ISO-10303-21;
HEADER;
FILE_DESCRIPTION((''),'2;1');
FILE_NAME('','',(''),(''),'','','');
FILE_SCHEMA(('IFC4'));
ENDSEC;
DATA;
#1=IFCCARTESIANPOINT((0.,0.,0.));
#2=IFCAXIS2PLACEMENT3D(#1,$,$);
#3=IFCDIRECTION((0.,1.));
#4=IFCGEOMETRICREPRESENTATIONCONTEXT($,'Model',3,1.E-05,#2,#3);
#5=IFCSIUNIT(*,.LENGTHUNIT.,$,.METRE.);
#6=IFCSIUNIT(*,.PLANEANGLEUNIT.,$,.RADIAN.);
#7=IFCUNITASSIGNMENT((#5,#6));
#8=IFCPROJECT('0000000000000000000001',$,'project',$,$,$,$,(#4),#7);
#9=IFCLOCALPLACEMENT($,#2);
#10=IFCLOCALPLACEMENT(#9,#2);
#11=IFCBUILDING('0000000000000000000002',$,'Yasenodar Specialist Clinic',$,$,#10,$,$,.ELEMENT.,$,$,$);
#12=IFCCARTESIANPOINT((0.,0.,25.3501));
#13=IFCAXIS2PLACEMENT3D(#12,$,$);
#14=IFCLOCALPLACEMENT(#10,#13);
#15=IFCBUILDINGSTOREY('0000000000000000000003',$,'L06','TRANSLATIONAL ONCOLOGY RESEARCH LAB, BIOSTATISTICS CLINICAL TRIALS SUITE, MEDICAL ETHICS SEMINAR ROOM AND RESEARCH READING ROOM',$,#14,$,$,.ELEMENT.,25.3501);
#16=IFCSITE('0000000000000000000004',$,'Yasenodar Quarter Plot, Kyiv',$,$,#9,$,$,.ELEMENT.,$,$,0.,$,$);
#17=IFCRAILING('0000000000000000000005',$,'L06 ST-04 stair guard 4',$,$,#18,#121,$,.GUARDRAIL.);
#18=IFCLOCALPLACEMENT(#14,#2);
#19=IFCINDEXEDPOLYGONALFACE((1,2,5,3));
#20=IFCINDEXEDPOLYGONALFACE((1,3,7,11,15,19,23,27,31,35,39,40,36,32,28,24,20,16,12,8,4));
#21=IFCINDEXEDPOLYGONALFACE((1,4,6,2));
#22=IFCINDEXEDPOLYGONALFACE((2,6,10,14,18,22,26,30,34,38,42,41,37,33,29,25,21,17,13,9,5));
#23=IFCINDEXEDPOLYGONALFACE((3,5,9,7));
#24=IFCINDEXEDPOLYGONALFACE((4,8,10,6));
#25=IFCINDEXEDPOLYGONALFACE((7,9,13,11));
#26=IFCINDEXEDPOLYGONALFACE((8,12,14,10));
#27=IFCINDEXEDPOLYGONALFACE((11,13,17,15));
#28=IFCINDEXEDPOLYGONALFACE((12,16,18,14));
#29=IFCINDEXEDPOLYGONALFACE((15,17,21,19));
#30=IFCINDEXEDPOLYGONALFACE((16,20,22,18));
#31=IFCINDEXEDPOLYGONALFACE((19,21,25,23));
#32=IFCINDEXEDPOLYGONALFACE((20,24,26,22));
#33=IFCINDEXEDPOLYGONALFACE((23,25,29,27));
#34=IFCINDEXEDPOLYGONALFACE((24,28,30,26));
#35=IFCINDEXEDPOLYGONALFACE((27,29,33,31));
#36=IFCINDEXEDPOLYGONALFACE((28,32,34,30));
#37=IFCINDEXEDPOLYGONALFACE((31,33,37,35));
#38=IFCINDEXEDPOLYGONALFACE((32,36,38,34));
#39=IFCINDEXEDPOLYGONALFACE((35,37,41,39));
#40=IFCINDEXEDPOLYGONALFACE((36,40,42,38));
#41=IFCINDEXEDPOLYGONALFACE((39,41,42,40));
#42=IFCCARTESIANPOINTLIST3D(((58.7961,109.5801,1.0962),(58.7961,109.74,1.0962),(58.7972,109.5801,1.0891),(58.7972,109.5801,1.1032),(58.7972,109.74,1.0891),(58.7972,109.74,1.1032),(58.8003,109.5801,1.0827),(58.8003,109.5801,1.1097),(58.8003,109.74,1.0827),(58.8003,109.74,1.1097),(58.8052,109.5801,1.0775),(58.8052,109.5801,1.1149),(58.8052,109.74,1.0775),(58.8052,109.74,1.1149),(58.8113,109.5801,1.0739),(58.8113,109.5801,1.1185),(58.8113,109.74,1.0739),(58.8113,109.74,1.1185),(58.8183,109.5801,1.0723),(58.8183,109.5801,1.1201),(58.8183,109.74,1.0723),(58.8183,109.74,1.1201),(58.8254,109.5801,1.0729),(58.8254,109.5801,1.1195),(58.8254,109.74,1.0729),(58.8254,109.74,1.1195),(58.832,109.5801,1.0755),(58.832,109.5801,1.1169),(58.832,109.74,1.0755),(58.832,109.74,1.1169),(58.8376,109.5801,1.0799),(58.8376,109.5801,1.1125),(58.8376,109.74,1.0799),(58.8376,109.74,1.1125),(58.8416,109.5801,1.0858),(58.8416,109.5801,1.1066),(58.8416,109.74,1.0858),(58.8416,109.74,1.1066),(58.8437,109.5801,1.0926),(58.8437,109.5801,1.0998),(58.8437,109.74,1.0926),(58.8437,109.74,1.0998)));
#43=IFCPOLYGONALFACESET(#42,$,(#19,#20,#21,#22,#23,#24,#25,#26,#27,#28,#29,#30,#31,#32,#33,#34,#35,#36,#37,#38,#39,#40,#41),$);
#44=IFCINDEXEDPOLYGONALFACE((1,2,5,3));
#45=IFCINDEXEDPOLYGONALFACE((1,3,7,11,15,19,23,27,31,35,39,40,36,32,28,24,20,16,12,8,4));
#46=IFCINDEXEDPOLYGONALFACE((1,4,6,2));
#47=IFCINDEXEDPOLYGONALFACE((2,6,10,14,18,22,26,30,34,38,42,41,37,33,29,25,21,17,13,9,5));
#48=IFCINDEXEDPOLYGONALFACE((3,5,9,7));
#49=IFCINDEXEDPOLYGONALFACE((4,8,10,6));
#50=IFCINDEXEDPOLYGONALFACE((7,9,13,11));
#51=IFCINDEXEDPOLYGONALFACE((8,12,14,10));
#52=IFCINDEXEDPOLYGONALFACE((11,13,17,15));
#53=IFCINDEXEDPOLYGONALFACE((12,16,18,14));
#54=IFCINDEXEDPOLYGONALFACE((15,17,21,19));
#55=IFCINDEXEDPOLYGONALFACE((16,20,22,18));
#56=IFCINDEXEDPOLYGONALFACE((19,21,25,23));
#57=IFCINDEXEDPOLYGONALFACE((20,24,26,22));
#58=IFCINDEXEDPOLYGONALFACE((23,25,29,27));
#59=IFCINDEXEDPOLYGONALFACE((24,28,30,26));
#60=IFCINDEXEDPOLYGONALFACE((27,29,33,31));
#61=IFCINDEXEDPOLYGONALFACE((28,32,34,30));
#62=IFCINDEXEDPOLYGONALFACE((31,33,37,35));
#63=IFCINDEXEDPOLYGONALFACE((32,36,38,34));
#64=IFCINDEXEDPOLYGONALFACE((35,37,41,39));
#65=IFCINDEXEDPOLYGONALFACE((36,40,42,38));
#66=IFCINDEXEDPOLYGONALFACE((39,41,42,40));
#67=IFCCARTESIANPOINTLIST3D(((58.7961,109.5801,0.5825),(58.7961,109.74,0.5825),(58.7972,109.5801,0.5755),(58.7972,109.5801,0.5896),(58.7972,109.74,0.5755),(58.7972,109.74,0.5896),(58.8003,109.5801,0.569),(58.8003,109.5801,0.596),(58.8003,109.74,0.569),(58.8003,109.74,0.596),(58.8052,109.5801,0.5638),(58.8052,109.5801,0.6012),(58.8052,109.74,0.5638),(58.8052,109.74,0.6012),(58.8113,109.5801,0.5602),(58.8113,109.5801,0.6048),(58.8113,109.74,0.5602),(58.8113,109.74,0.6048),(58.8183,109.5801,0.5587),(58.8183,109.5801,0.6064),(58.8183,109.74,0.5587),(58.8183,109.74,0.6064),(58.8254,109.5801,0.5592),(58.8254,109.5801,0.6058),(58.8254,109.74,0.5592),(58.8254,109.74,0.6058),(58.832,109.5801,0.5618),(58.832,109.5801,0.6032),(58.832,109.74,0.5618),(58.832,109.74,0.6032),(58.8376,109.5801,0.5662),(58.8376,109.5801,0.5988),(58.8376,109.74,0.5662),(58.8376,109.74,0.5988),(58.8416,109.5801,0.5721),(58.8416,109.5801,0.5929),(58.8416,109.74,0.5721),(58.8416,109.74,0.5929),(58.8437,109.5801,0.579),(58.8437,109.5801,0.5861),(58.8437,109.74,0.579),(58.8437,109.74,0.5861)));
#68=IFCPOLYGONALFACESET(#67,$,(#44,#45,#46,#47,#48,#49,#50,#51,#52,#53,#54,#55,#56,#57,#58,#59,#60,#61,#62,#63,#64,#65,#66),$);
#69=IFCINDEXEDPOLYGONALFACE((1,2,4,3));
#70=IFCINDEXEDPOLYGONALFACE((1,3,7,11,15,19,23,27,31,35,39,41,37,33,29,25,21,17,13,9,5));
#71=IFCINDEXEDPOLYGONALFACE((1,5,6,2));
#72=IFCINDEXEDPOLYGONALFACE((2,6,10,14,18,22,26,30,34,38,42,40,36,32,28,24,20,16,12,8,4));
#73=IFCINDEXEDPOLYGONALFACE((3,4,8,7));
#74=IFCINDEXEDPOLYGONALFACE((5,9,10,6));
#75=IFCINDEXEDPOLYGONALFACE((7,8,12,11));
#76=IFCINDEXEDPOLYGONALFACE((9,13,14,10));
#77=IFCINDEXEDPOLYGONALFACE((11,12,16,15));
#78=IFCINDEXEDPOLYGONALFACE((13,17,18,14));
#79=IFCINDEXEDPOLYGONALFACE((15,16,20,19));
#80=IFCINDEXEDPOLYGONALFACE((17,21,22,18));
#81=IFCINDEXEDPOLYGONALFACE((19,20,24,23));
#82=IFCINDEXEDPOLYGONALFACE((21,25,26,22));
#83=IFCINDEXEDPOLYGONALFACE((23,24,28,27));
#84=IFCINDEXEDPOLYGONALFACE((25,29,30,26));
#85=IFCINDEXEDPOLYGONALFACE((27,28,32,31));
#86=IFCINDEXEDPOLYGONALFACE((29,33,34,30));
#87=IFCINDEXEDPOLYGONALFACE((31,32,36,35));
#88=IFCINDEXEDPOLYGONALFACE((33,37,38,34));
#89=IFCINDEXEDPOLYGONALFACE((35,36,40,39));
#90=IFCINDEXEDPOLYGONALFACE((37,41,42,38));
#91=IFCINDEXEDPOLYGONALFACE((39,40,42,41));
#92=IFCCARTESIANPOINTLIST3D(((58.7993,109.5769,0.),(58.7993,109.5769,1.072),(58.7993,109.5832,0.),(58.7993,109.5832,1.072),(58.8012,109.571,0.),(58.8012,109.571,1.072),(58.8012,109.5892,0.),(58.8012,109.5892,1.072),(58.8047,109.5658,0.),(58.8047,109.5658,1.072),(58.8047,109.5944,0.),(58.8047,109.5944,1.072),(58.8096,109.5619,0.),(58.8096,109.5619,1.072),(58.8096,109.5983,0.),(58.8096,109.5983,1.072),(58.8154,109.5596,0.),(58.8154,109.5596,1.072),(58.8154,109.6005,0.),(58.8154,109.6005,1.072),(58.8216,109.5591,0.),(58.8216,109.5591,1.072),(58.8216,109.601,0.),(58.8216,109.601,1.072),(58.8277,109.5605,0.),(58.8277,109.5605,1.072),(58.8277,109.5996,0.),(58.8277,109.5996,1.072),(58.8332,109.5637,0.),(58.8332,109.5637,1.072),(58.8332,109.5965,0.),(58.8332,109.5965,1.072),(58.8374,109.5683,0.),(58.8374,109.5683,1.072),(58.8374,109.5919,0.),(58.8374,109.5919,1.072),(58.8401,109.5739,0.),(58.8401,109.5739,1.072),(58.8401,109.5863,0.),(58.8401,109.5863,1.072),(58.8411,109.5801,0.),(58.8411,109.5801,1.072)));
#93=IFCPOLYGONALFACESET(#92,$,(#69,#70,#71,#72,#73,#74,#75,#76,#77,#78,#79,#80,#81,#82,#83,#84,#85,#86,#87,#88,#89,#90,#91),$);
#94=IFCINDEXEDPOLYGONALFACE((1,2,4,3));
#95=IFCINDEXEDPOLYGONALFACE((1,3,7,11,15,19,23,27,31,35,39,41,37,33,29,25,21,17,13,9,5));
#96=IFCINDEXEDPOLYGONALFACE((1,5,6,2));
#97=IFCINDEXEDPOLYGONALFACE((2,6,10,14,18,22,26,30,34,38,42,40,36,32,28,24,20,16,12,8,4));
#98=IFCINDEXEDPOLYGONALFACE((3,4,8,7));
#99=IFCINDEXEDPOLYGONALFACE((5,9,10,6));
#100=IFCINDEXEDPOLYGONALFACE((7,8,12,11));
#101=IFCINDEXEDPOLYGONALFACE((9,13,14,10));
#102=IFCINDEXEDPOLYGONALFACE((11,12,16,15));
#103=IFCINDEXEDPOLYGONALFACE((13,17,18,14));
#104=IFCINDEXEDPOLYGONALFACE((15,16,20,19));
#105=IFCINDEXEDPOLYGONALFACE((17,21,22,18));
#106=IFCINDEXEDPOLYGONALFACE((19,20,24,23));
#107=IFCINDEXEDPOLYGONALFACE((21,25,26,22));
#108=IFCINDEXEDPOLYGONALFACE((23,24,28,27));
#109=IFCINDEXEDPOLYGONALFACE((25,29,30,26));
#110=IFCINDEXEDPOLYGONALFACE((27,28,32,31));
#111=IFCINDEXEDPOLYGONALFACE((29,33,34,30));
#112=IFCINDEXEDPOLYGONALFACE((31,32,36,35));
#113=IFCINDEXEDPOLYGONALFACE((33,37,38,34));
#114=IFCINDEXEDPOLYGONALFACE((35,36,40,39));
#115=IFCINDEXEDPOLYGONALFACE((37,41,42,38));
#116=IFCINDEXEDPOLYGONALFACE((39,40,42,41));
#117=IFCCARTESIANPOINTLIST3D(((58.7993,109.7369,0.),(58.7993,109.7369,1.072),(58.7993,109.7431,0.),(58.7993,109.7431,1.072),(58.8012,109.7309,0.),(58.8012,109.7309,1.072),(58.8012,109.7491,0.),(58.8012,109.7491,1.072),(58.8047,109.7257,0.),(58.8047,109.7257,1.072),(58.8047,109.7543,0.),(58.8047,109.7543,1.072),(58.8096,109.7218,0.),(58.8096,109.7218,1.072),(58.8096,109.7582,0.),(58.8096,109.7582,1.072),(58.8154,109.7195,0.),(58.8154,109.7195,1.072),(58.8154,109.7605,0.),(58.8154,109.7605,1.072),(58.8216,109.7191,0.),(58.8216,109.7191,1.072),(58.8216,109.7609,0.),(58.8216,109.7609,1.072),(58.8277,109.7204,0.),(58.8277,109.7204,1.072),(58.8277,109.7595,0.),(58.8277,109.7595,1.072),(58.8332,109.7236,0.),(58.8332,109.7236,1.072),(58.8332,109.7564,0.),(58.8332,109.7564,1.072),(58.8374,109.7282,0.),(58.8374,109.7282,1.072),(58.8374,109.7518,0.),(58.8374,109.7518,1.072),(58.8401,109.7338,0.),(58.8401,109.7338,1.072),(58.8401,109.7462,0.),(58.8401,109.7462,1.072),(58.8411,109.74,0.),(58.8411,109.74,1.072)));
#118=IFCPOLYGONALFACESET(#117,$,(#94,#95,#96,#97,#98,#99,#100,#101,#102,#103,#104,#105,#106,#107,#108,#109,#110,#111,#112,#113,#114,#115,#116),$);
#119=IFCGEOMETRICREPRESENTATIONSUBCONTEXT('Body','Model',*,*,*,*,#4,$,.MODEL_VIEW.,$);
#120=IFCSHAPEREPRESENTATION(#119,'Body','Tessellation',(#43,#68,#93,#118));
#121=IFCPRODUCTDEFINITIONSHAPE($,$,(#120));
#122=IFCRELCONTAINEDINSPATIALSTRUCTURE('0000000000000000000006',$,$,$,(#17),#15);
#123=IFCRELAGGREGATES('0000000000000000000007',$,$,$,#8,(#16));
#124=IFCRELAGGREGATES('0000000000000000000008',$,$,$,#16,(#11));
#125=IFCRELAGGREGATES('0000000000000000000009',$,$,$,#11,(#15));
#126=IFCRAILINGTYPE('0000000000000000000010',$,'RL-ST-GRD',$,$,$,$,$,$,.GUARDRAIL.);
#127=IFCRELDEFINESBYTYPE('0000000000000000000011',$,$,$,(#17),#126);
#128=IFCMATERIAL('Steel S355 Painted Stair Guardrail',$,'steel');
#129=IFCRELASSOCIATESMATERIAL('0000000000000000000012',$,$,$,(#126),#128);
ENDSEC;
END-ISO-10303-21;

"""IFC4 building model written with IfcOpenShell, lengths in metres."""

from ifc_helpers import new_model, si_unit, direction, frame, origin, origin_2d, place, context, subcontext, project, spatial, circle, extrude, material, type_object, element, save


model = new_model("IFC4")

# Units and contexts
model_context = context("Model", 3, precision=1e-05, world=origin(), true_north=direction((0.0, 1.0)))
body_context = subcontext(model_context, "Body", "Model", "MODEL_VIEW")
ifc_project = project(units=[si_unit("LENGTHUNIT", "METRE"), si_unit("PLANEANGLEUNIT", "RADIAN")], contexts=[model_context])

# Site, building, storey
site_placement = place(None, origin())
site = spatial("IfcSite", under=ifc_project, at=site_placement, Name="Yasenodar Quarter Plot, Kyiv", CompositionType="ELEMENT", RefElevation=0.0)
building_placement = place(site_placement, origin())
building = spatial("IfcBuilding", under=site, at=building_placement, Name="Yasenodar Specialist Clinic", CompositionType="ELEMENT")
storey_placement = place(building_placement, frame((0.0, 0.0, 25.3501)))
storey = spatial("IfcBuildingStorey", under=building, at=storey_placement, Name="L06", Description="TRANSLATIONAL ONCOLOGY RESEARCH LAB, BIOSTATISTICS CLINICAL TRIALS SUITE, MEDICAL ETHICS SEMINAR ROOM AND RESEARCH READING ROOM", CompositionType="ELEMENT", Elevation=25.3501)

# Railing
ifc_material_1 = material(Name="Steel S355 Painted Stair Guardrail", Category="steel")
railing_type_1 = type_object("IfcRailingType", Name="RL-ST-GRD", PredefinedType="GUARDRAIL", material=ifc_material_1)
railing_1_placement = place(storey_placement, frame((58.8201, 109.5801, 0.0)))
element("IfcRailing", 1, at=railing_1_placement, inside=storey, type_object=railing_type_1, Name="L06 ST-04 stair guard 4", PredefinedType="GUARDRAIL", context=body_context, shape_type="SweptSolid", body=[
    extrude(circle(Radius=0.0239, at=origin_2d()), frame((0.0, 0.0, 1.0962), z_axis=(0.0, 1.0, 0.0), x_axis=(-1.0, 0.0, 0.0)), (0.0, 0.0, 1.0), 0.1599),
    extrude(circle(Radius=0.0239, at=origin_2d()), frame((0.0, 0.0, 0.5825), z_axis=(0.0, 1.0, 0.0), x_axis=(-1.0, 0.0, 0.0)), (0.0, 0.0, 1.0), 0.1599),
    extrude(circle(Radius=0.021, at=origin_2d()), origin(), (0.0, 0.0, 1.0), 1.072),
    extrude(circle(Radius=0.021, at=origin_2d()), frame((0.0, 0.1599, 0.0)), (0.0, 0.0, 1.0), 1.072),
])

save(model, "model.ifc")
